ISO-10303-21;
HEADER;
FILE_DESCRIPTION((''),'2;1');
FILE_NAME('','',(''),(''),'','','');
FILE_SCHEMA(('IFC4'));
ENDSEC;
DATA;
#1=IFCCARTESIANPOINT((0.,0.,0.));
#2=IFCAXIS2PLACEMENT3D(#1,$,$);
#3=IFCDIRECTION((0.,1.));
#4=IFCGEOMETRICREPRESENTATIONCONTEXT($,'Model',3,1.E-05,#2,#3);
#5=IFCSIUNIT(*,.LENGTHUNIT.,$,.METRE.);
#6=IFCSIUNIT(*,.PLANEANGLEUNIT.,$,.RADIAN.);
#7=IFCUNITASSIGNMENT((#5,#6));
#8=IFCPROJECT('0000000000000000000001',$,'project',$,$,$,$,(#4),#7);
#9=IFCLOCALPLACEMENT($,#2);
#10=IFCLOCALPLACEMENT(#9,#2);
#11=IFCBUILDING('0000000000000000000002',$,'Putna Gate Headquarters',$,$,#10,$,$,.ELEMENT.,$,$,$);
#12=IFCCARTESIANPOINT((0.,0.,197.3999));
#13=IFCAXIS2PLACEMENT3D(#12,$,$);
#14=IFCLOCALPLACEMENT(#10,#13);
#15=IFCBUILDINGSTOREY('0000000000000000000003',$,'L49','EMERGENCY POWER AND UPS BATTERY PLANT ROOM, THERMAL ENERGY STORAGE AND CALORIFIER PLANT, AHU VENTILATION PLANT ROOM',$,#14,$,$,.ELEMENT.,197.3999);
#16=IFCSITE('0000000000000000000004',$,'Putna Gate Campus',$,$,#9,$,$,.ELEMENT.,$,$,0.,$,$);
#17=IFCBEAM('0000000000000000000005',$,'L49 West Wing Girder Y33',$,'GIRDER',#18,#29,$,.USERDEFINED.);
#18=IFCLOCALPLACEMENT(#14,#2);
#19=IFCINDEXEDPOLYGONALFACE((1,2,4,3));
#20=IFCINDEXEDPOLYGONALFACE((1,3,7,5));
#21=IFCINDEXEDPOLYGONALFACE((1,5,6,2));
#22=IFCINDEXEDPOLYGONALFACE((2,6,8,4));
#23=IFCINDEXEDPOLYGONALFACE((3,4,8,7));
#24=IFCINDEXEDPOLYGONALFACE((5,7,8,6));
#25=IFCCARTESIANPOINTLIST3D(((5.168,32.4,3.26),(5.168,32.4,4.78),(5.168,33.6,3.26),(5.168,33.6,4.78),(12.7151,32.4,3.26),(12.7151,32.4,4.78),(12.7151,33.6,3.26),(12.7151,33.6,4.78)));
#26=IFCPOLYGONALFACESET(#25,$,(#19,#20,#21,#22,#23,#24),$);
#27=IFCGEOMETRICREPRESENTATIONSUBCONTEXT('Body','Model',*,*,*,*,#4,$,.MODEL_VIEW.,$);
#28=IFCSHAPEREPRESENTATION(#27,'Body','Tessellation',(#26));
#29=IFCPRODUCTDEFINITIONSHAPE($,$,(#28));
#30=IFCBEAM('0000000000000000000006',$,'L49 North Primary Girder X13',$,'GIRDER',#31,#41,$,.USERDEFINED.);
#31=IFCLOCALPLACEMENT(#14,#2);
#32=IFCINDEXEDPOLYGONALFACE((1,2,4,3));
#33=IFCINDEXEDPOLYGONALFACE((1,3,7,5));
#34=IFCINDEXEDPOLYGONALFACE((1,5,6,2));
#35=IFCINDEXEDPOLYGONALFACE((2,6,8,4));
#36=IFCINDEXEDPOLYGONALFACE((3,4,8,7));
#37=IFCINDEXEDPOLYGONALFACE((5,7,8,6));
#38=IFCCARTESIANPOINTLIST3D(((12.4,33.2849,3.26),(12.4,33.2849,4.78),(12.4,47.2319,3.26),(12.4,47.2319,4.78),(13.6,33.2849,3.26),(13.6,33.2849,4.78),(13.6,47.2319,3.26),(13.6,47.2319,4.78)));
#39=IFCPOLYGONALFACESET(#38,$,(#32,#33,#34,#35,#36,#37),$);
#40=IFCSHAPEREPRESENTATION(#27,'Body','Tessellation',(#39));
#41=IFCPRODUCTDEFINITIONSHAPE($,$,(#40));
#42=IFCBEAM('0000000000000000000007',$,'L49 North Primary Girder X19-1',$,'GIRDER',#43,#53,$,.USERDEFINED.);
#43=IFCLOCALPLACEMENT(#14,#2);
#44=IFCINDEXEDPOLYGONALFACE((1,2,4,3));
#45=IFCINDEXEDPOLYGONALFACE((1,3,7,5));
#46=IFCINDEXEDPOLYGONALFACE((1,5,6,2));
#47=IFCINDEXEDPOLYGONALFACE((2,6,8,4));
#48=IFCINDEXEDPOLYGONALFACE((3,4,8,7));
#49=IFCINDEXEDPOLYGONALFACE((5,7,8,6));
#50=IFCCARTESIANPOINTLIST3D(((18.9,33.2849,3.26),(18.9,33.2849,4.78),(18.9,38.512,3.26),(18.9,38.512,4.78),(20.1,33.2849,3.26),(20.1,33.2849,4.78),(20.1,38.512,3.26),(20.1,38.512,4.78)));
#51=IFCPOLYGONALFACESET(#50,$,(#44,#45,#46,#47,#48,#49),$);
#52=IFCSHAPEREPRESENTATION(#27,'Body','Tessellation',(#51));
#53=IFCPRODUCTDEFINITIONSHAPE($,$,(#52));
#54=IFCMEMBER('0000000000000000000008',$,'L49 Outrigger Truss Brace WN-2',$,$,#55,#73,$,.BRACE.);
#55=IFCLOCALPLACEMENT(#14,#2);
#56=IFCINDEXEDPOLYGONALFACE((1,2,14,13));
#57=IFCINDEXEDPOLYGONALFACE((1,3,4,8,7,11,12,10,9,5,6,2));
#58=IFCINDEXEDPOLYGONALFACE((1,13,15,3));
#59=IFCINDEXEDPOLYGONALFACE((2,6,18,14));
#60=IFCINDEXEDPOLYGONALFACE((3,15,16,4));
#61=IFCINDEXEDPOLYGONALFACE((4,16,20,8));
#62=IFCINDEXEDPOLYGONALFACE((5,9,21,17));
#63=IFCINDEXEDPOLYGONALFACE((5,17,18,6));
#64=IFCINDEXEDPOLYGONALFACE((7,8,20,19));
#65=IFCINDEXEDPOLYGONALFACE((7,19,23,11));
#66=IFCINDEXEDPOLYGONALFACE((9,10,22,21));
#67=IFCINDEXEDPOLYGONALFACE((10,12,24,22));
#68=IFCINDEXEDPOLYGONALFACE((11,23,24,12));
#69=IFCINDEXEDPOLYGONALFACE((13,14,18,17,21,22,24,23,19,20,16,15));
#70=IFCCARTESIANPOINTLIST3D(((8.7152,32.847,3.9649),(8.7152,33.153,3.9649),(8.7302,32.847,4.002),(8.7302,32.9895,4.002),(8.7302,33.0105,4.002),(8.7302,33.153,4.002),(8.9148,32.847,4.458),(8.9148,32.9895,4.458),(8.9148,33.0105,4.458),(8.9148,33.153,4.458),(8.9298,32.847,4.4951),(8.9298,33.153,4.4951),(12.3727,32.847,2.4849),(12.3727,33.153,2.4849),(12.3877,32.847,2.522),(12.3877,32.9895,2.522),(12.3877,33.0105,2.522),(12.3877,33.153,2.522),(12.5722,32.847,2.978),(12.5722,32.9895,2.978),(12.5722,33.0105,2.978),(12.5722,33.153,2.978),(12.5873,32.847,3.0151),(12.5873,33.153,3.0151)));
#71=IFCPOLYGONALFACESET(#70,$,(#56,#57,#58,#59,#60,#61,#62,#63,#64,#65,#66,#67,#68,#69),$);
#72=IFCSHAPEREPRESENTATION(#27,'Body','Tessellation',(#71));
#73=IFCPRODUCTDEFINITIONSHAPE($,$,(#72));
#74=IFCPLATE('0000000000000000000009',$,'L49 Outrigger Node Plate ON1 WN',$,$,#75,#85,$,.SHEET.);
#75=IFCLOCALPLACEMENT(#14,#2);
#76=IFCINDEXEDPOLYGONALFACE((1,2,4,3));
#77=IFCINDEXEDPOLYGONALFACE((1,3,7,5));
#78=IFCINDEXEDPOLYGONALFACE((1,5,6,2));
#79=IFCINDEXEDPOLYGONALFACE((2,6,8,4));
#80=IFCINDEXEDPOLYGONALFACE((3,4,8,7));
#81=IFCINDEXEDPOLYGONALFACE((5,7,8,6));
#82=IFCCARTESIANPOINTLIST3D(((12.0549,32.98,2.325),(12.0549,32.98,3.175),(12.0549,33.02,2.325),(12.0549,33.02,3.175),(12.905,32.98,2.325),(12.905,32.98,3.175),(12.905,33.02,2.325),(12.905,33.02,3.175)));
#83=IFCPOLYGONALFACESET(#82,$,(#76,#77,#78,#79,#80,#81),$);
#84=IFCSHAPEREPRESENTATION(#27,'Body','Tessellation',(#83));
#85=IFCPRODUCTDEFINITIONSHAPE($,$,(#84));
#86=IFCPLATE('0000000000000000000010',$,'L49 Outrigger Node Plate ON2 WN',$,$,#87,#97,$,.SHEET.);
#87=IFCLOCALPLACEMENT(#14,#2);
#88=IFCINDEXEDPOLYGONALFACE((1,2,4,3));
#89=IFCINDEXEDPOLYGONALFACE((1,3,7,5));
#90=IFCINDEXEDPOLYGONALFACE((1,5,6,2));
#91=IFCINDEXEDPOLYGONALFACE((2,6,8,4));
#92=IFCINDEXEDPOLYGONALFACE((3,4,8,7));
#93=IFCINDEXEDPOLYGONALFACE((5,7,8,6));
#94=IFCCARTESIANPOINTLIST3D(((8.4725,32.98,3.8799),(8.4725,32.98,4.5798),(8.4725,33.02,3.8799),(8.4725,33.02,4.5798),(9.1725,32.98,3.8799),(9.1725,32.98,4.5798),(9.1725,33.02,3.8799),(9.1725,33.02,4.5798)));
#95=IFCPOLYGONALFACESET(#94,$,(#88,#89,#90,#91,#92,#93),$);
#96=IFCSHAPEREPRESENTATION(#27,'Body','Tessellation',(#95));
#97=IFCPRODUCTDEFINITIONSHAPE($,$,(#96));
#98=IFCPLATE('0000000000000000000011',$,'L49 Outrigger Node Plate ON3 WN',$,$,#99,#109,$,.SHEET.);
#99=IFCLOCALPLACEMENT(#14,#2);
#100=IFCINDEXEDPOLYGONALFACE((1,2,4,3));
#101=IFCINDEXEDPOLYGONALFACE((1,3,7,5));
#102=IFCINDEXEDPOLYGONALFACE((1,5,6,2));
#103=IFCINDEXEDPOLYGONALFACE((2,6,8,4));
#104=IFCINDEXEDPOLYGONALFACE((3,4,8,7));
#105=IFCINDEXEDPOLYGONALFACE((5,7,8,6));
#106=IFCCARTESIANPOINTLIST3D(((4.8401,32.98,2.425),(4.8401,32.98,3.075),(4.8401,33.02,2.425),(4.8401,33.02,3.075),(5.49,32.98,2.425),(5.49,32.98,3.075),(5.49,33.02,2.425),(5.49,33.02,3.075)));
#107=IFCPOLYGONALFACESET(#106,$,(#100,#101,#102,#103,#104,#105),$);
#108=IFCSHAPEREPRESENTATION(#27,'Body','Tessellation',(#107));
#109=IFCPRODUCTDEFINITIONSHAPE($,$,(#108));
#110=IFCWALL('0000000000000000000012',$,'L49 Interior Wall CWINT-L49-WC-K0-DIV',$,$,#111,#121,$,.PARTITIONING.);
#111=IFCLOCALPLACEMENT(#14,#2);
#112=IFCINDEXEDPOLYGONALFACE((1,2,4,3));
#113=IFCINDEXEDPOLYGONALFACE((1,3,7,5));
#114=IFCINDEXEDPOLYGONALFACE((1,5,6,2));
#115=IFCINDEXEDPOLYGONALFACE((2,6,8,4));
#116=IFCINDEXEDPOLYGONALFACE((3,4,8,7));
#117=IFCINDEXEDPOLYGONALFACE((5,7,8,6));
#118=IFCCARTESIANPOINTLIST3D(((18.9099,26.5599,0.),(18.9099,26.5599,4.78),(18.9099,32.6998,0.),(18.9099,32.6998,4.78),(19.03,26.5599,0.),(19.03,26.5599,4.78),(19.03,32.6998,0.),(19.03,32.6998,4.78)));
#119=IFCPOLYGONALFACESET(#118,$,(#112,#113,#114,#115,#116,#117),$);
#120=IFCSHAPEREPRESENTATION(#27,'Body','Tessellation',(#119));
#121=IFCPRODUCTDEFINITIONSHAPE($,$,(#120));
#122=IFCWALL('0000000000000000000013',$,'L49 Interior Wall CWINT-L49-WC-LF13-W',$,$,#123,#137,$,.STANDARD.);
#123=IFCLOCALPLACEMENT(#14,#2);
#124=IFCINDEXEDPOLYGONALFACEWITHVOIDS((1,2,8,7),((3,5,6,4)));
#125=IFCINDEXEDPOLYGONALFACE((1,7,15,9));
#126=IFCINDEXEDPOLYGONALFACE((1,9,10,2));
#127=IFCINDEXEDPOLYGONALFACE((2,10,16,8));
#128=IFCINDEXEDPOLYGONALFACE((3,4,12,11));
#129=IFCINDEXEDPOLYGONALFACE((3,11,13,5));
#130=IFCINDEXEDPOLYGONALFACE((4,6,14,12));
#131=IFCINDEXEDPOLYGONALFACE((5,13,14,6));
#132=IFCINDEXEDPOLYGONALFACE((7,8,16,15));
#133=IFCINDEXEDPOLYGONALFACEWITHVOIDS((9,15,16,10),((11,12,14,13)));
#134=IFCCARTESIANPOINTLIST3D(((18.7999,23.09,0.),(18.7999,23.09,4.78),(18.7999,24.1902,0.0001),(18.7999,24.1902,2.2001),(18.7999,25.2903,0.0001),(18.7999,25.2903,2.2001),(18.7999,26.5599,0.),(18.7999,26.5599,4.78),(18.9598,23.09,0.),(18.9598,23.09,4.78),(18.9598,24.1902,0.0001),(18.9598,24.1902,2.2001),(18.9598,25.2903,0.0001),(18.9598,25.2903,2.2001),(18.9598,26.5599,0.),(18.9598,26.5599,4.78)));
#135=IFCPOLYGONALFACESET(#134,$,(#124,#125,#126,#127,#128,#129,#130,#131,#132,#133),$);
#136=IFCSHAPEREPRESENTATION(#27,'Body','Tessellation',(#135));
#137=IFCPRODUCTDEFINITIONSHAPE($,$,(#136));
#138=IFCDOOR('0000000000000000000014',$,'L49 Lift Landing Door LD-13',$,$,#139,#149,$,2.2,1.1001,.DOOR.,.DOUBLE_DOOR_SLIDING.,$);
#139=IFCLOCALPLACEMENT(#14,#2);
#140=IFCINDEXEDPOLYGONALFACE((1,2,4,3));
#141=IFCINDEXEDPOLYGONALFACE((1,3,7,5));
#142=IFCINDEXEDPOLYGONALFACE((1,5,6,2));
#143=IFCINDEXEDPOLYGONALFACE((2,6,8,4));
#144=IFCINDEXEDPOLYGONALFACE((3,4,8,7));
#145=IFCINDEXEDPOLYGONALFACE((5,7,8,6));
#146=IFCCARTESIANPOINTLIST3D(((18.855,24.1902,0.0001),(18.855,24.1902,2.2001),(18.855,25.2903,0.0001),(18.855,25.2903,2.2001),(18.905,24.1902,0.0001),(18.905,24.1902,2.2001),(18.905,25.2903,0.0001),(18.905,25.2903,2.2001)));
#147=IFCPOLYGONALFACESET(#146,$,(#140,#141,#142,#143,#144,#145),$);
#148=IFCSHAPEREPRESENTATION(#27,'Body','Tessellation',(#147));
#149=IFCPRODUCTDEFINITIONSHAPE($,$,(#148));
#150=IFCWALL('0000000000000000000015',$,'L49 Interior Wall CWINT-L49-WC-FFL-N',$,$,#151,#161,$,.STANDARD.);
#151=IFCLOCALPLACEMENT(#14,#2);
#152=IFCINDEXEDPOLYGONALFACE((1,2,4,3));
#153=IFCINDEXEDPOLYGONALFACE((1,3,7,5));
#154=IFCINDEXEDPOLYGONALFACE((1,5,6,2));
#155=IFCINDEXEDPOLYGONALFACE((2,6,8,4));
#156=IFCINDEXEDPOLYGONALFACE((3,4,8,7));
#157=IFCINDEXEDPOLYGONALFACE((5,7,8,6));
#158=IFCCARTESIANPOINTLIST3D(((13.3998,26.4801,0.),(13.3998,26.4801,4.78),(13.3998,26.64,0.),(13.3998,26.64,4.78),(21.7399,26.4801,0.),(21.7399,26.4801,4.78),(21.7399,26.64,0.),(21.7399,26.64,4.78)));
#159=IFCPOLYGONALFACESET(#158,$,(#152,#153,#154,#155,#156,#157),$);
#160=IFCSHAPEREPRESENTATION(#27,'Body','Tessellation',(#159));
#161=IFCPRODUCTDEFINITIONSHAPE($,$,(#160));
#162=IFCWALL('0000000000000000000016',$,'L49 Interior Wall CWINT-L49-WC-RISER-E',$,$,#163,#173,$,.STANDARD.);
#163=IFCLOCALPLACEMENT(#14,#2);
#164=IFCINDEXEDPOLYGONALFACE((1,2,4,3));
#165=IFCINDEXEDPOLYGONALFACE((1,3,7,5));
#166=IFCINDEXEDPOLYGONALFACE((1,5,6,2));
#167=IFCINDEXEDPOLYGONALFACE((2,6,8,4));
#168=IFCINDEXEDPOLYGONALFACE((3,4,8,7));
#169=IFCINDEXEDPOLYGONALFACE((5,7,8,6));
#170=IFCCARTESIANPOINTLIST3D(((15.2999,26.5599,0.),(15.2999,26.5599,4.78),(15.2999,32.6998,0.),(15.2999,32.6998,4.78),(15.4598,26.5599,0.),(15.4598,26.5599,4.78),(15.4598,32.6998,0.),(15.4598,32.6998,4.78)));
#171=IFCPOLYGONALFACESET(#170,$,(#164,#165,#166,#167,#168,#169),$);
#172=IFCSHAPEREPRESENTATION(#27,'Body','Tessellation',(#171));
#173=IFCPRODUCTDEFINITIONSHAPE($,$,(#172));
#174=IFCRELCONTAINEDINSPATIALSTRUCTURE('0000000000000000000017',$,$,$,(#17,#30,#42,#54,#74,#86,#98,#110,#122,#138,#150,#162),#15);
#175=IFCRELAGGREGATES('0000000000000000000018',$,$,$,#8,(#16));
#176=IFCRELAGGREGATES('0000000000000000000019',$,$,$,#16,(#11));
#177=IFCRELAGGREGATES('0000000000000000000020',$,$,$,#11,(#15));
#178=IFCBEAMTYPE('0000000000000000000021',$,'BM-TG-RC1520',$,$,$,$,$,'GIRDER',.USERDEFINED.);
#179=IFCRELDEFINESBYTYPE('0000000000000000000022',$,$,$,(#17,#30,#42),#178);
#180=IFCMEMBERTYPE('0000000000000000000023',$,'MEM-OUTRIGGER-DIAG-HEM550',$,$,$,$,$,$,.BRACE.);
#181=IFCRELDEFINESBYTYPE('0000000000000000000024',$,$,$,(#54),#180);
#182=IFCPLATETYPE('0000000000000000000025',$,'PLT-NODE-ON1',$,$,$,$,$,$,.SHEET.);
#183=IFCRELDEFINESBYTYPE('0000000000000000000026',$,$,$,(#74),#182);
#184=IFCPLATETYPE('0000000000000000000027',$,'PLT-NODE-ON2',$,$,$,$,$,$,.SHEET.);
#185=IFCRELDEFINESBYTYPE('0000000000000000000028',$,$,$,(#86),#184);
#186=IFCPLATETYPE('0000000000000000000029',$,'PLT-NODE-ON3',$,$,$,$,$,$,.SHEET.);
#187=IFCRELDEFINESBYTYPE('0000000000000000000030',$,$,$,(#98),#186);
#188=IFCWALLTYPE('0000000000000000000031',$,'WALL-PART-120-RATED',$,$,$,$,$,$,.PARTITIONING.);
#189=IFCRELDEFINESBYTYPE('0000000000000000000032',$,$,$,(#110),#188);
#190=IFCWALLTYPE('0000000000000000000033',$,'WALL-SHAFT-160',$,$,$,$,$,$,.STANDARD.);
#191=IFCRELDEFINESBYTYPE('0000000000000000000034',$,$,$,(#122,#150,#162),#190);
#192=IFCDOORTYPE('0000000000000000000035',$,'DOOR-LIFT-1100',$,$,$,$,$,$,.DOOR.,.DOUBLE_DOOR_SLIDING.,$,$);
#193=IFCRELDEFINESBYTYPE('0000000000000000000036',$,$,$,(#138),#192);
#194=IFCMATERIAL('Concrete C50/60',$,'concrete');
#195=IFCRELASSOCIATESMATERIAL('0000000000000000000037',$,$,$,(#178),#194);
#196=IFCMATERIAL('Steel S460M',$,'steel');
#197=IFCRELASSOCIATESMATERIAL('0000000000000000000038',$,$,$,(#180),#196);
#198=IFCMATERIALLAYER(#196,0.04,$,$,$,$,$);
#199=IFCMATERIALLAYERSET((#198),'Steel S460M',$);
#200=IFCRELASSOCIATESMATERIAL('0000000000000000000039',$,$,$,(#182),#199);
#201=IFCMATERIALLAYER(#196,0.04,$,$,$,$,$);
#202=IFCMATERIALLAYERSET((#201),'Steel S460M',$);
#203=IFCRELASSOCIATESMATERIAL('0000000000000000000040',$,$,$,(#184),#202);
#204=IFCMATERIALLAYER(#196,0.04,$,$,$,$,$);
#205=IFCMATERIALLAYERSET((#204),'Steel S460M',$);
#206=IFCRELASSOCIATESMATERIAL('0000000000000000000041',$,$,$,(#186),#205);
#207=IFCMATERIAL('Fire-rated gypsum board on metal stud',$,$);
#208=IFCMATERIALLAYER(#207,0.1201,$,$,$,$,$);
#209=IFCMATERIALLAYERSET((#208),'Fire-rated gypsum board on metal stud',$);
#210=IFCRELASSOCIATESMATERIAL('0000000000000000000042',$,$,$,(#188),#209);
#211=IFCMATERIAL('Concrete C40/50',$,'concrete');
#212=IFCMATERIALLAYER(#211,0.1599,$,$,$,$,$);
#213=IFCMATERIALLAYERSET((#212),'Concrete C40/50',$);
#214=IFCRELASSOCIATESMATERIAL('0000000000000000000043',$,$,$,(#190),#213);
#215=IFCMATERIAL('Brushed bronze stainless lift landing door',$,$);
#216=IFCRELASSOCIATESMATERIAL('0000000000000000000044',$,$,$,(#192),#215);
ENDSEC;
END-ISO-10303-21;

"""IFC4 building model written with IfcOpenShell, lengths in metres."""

from ifc_helpers import new_model, si_unit, direction, frame, frame_2d, origin, origin_2d, place, context, subcontext, project, spatial, rectangle, i_section, extrude, material, layer, layer_set, material_profile, profile_set, type_object, element, fill, save


model = new_model("IFC4")

# Units and contexts
model_context = context("Model", 3, precision=1e-05, world=origin(), true_north=direction((0.0, 1.0)))
body_context = subcontext(model_context, "Body", "Model", "MODEL_VIEW")
ifc_project = project(units=[si_unit("LENGTHUNIT", "METRE"), si_unit("PLANEANGLEUNIT", "RADIAN")], contexts=[model_context])

# Site, building, storey
site_placement = place(None, origin())
site = spatial("IfcSite", under=ifc_project, at=site_placement, Name="Putna Gate Campus", CompositionType="ELEMENT", RefElevation=0.0)
building_placement = place(site_placement, origin())
building = spatial("IfcBuilding", under=site, at=building_placement, Name="Putna Gate Headquarters", CompositionType="ELEMENT")
storey_placement = place(building_placement, frame((0.0, 0.0, 197.3999)))
storey = spatial("IfcBuildingStorey", under=building, at=storey_placement, Name="L49", Description="EMERGENCY POWER AND UPS BATTERY PLANT ROOM, THERMAL ENERGY STORAGE AND CALORIFIER PLANT, AHU VENTILATION PLANT ROOM", CompositionType="ELEMENT", Elevation=197.3999)

# Beams
ifc_material_1 = material(Name="Concrete C50/60", Category="concrete")
ifc_material_profile_1 = material_profile(ifc_material_1, rectangle(XDim=1.2, YDim=1.52, at=origin_2d()), Name="Concrete C50/60")
ifc_profile_set_1 = profile_set([ifc_material_profile_1], Name="Concrete C50/60")
beam_type = type_object("IfcBeamType", Name="BM-TG-RC1520", ElementType="GIRDER", PredefinedType="USERDEFINED", material=ifc_profile_set_1)
beam_1_placement = place(storey_placement, frame((5.168, 33.0, 4.02), z_axis=(1.0, 0.0, 0.0), x_axis=(0.0, 1.0, 0.0)))
element("IfcBeam", 1, at=beam_1_placement, inside=storey, type_object=beam_type, Name="L49 West Wing Girder Y33", ObjectType="GIRDER", PredefinedType="USERDEFINED", context=body_context, shape_type="SweptSolid", body=[
    extrude(rectangle(XDim=1.2, YDim=1.52, at=origin_2d()), origin(), (0.0, 0.0, 1.0), 7.5471),
])
beam_2_placement = place(storey_placement, frame((13.0, 33.2849, 4.02), z_axis=(0.0, 1.0, 0.0), x_axis=(-1.0, 0.0, 0.0)))
element("IfcBeam", 2, at=beam_2_placement, inside=storey, type_object=beam_type, Name="L49 North Primary Girder X13", ObjectType="GIRDER", PredefinedType="USERDEFINED", context=body_context, shape_type="SweptSolid", body=[
    extrude(rectangle(XDim=1.2, YDim=1.52, at=origin_2d()), origin(), (0.0, 0.0, 1.0), 13.947),
])
beam_3_placement = place(storey_placement, frame((19.5, 33.2849, 4.02), z_axis=(0.0, 1.0, 0.0), x_axis=(-1.0, 0.0, 0.0)))
element("IfcBeam", 3, at=beam_3_placement, inside=storey, type_object=beam_type, Name="L49 North Primary Girder X19-1", ObjectType="GIRDER", PredefinedType="USERDEFINED", context=body_context, shape_type="SweptSolid", body=[
    extrude(rectangle(XDim=1.2, YDim=1.52, at=origin_2d()), origin(), (0.0, 0.0, 1.0), 5.2271),
])

# Member
ifc_material_2 = material(Name="Steel S460M", Category="steel")
ifc_material_profile_2 = material_profile(ifc_material_2, i_section(OverallWidth=0.3059, OverallDepth=0.572, WebThickness=0.021, FlangeThickness=0.04, at=origin_2d()), Name="Steel S460M")
ifc_profile_set_2 = profile_set([ifc_material_profile_2], Name="Steel S460M")
member_type = type_object("IfcMemberType", Name="MEM-OUTRIGGER-DIAG-HEM550", PredefinedType="BRACE", material=ifc_profile_set_2)
member_placement = place(storey_placement, frame((8.8225, 33.0, 4.23), z_axis=(0.926984, 0.0, -0.3751), x_axis=(0.0, 1.0, 0.0)))
element("IfcMember", 4, at=member_placement, inside=storey, type_object=member_type, Name="L49 Outrigger Truss Brace WN-2", PredefinedType="BRACE", context=body_context, shape_type="SweptSolid", body=[
    extrude(i_section(OverallWidth=0.3059, OverallDepth=0.572, WebThickness=0.021, FlangeThickness=0.04, at=origin_2d()), origin(), (0.0, 0.0, 1.0), 3.9456),
])

# Plates
ifc_layer_1 = layer(ifc_material_2, 0.04)
ifc_layer_set_1 = layer_set([ifc_layer_1], Name="Steel S460M")
plate_type_1 = type_object("IfcPlateType", Name="PLT-NODE-ON1", PredefinedType="SHEET", material=ifc_layer_set_1)
plate_1_placement = place(storey_placement, frame((12.48, 33.0, 2.325), z_axis=(0.0, 0.0, 1.0), x_axis=(1.0, 0.0, 0.0)))
element("IfcPlate", 5, at=plate_1_placement, inside=storey, type_object=plate_type_1, Name="L49 Outrigger Node Plate ON1 WN", PredefinedType="SHEET", context=body_context, shape_type="SweptSolid", body=[
    extrude(rectangle(XDim=0.8501, YDim=0.04, at=origin_2d()), origin(), (0.0, 0.0, 1.0), 0.8501),
])
ifc_layer_2 = layer(ifc_material_2, 0.04)
ifc_layer_set_2 = layer_set([ifc_layer_2], Name="Steel S460M")
plate_type_2 = type_object("IfcPlateType", Name="PLT-NODE-ON2", PredefinedType="SHEET", material=ifc_layer_set_2)
plate_2_placement = place(storey_placement, frame((8.8225, 33.0, 3.8799), z_axis=(0.0, 0.0, 1.0), x_axis=(1.0, 0.0, 0.0)))
element("IfcPlate", 6, at=plate_2_placement, inside=storey, type_object=plate_type_2, Name="L49 Outrigger Node Plate ON2 WN", PredefinedType="SHEET", context=body_context, shape_type="SweptSolid", body=[
    extrude(rectangle(XDim=0.7, YDim=0.04, at=origin_2d()), origin(), (0.0, 0.0, 1.0), 0.7),
])
ifc_layer_3 = layer(ifc_material_2, 0.04)
ifc_layer_set_3 = layer_set([ifc_layer_3], Name="Steel S460M")
plate_type_3 = type_object("IfcPlateType", Name="PLT-NODE-ON3", PredefinedType="SHEET", material=ifc_layer_set_3)
plate_3_placement = place(storey_placement, frame((5.165, 33.0, 2.425), z_axis=(0.0, 0.0, 1.0), x_axis=(1.0, 0.0, 0.0)))
element("IfcPlate", 7, at=plate_3_placement, inside=storey, type_object=plate_type_3, Name="L49 Outrigger Node Plate ON3 WN", PredefinedType="SHEET", context=body_context, shape_type="SweptSolid", body=[
    extrude(rectangle(XDim=0.6499, YDim=0.04, at=origin_2d()), origin(), (0.0, 0.0, 1.0), 0.6499),
])

# Wall
ifc_material_3 = material(Name="Fire-rated gypsum board on metal stud")
ifc_layer_4 = layer(ifc_material_3, 0.1201)
ifc_layer_set_4 = layer_set([ifc_layer_4], Name="Fire-rated gypsum board on metal stud")
wall_type_1 = type_object("IfcWallType", Name="WALL-PART-120-RATED", PredefinedType="PARTITIONING", material=ifc_layer_set_4)
wall_1_placement = place(storey_placement, frame((18.97, 26.5601, 0.0), z_axis=(0.0, 0.0, 1.0), x_axis=(0.0, 1.0, 0.0)))
element("IfcWall", 8, at=wall_1_placement, inside=storey, type_object=wall_type_1, Name="L49 Interior Wall CWINT-L49-WC-K0-DIV", PredefinedType="PARTITIONING", context=body_context, shape_type="SweptSolid", body=[
    extrude(rectangle(XDim=6.1399, YDim=0.1201, at=frame_2d((3.0698, 0.0))), origin(), (0.0, 0.0, 1.0), 4.78),
])

# Wall, opening, door
ifc_material_4 = material(Name="Concrete C40/50", Category="concrete")
ifc_layer_5 = layer(ifc_material_4, 0.1599)
ifc_layer_set_5 = layer_set([ifc_layer_5], Name="Concrete C40/50")
wall_type_2 = type_object("IfcWallType", Name="WALL-SHAFT-160", PredefinedType="STANDARD", material=ifc_layer_set_5)
wall_2_placement = place(storey_placement, frame((18.8799, 23.0901, 0.0), z_axis=(0.0, 0.0, 1.0), x_axis=(0.0, 1.0, 0.0)))
wall_2 = element("IfcWall", 9, at=wall_2_placement, inside=storey, type_object=wall_type_2, Name="L49 Interior Wall CWINT-L49-WC-LF13-W", PredefinedType="STANDARD", context=body_context, shape_type="SweptSolid", body=[
    extrude(rectangle(XDim=3.47, YDim=0.1599, at=frame_2d((1.7349, 0.0))), origin(), (0.0, 0.0, 1.0), 4.78),
])
opening_1_placement = place(wall_2_placement, frame((1.1001, 0.0, 0.0)))
opening_1 = element("IfcOpeningElement", 10, at=opening_1_placement, cuts=wall_2, PredefinedType="OPENING", context=body_context, shape_type="SweptSolid", body=[
    extrude(rectangle(XDim=1.1001, YDim=2.2, at=frame_2d((0.55, 1.1001))), frame((0.0, 0.0898, 0.0), z_axis=(0.0, -1.0, 0.0), x_axis=(1.0, 0.0, 0.0)), (0.0, 0.0, 1.0), 0.1799),
])
ifc_material_5 = material(Name="Brushed bronze stainless lift landing door")
door_type_1 = type_object("IfcDoorType", Name="DOOR-LIFT-1100", OperationType="DOUBLE_DOOR_SLIDING", PredefinedType="DOOR", material=ifc_material_5)
door_1_placement = place(opening_1_placement, origin())
door_1 = element("IfcDoor", 11, at=door_1_placement, inside=storey, type_object=door_type_1, Name="L49 Lift Landing Door LD-13", OperationType="DOUBLE_DOOR_SLIDING", OverallHeight=2.2, OverallWidth=1.1001, PredefinedType="DOOR", context=body_context, shape_type="SweptSolid", body=[
    extrude(rectangle(XDim=1.1001, YDim=2.2, at=frame_2d((0.55, 1.1001))), frame((0.0, 0.0249, 0.0), z_axis=(0.0, -1.0, 0.0), x_axis=(1.0, 0.0, 0.0)), (0.0, 0.0, 1.0), 0.05),
])
fill(opening_1, door_1)

# Walls
wall_3_placement = place(storey_placement, frame((13.3999, 26.5601, 0.0), z_axis=(0.0, 0.0, 1.0), x_axis=(1.0, 0.0, 0.0)))
element("IfcWall", 12, at=wall_3_placement, inside=storey, type_object=wall_type_2, Name="L49 Interior Wall CWINT-L49-WC-FFL-N", PredefinedType="STANDARD", context=body_context, shape_type="SweptSolid", body=[
    extrude(rectangle(XDim=8.3401, YDim=0.1599, at=frame_2d((4.1699, 0.0))), origin(), (0.0, 0.0, 1.0), 4.78),
])
wall_4_placement = place(storey_placement, frame((15.3799, 26.5601, 0.0), z_axis=(0.0, 0.0, 1.0), x_axis=(0.0, 1.0, 0.0)))
element("IfcWall", 13, at=wall_4_placement, inside=storey, type_object=wall_type_2, Name="L49 Interior Wall CWINT-L49-WC-RISER-E", PredefinedType="STANDARD", context=body_context, shape_type="SweptSolid", body=[
    extrude(rectangle(XDim=6.1399, YDim=0.1599, at=frame_2d((3.0698, 0.0))), origin(), (0.0, 0.0, 1.0), 4.78),
])

save(model, "model.ifc")
